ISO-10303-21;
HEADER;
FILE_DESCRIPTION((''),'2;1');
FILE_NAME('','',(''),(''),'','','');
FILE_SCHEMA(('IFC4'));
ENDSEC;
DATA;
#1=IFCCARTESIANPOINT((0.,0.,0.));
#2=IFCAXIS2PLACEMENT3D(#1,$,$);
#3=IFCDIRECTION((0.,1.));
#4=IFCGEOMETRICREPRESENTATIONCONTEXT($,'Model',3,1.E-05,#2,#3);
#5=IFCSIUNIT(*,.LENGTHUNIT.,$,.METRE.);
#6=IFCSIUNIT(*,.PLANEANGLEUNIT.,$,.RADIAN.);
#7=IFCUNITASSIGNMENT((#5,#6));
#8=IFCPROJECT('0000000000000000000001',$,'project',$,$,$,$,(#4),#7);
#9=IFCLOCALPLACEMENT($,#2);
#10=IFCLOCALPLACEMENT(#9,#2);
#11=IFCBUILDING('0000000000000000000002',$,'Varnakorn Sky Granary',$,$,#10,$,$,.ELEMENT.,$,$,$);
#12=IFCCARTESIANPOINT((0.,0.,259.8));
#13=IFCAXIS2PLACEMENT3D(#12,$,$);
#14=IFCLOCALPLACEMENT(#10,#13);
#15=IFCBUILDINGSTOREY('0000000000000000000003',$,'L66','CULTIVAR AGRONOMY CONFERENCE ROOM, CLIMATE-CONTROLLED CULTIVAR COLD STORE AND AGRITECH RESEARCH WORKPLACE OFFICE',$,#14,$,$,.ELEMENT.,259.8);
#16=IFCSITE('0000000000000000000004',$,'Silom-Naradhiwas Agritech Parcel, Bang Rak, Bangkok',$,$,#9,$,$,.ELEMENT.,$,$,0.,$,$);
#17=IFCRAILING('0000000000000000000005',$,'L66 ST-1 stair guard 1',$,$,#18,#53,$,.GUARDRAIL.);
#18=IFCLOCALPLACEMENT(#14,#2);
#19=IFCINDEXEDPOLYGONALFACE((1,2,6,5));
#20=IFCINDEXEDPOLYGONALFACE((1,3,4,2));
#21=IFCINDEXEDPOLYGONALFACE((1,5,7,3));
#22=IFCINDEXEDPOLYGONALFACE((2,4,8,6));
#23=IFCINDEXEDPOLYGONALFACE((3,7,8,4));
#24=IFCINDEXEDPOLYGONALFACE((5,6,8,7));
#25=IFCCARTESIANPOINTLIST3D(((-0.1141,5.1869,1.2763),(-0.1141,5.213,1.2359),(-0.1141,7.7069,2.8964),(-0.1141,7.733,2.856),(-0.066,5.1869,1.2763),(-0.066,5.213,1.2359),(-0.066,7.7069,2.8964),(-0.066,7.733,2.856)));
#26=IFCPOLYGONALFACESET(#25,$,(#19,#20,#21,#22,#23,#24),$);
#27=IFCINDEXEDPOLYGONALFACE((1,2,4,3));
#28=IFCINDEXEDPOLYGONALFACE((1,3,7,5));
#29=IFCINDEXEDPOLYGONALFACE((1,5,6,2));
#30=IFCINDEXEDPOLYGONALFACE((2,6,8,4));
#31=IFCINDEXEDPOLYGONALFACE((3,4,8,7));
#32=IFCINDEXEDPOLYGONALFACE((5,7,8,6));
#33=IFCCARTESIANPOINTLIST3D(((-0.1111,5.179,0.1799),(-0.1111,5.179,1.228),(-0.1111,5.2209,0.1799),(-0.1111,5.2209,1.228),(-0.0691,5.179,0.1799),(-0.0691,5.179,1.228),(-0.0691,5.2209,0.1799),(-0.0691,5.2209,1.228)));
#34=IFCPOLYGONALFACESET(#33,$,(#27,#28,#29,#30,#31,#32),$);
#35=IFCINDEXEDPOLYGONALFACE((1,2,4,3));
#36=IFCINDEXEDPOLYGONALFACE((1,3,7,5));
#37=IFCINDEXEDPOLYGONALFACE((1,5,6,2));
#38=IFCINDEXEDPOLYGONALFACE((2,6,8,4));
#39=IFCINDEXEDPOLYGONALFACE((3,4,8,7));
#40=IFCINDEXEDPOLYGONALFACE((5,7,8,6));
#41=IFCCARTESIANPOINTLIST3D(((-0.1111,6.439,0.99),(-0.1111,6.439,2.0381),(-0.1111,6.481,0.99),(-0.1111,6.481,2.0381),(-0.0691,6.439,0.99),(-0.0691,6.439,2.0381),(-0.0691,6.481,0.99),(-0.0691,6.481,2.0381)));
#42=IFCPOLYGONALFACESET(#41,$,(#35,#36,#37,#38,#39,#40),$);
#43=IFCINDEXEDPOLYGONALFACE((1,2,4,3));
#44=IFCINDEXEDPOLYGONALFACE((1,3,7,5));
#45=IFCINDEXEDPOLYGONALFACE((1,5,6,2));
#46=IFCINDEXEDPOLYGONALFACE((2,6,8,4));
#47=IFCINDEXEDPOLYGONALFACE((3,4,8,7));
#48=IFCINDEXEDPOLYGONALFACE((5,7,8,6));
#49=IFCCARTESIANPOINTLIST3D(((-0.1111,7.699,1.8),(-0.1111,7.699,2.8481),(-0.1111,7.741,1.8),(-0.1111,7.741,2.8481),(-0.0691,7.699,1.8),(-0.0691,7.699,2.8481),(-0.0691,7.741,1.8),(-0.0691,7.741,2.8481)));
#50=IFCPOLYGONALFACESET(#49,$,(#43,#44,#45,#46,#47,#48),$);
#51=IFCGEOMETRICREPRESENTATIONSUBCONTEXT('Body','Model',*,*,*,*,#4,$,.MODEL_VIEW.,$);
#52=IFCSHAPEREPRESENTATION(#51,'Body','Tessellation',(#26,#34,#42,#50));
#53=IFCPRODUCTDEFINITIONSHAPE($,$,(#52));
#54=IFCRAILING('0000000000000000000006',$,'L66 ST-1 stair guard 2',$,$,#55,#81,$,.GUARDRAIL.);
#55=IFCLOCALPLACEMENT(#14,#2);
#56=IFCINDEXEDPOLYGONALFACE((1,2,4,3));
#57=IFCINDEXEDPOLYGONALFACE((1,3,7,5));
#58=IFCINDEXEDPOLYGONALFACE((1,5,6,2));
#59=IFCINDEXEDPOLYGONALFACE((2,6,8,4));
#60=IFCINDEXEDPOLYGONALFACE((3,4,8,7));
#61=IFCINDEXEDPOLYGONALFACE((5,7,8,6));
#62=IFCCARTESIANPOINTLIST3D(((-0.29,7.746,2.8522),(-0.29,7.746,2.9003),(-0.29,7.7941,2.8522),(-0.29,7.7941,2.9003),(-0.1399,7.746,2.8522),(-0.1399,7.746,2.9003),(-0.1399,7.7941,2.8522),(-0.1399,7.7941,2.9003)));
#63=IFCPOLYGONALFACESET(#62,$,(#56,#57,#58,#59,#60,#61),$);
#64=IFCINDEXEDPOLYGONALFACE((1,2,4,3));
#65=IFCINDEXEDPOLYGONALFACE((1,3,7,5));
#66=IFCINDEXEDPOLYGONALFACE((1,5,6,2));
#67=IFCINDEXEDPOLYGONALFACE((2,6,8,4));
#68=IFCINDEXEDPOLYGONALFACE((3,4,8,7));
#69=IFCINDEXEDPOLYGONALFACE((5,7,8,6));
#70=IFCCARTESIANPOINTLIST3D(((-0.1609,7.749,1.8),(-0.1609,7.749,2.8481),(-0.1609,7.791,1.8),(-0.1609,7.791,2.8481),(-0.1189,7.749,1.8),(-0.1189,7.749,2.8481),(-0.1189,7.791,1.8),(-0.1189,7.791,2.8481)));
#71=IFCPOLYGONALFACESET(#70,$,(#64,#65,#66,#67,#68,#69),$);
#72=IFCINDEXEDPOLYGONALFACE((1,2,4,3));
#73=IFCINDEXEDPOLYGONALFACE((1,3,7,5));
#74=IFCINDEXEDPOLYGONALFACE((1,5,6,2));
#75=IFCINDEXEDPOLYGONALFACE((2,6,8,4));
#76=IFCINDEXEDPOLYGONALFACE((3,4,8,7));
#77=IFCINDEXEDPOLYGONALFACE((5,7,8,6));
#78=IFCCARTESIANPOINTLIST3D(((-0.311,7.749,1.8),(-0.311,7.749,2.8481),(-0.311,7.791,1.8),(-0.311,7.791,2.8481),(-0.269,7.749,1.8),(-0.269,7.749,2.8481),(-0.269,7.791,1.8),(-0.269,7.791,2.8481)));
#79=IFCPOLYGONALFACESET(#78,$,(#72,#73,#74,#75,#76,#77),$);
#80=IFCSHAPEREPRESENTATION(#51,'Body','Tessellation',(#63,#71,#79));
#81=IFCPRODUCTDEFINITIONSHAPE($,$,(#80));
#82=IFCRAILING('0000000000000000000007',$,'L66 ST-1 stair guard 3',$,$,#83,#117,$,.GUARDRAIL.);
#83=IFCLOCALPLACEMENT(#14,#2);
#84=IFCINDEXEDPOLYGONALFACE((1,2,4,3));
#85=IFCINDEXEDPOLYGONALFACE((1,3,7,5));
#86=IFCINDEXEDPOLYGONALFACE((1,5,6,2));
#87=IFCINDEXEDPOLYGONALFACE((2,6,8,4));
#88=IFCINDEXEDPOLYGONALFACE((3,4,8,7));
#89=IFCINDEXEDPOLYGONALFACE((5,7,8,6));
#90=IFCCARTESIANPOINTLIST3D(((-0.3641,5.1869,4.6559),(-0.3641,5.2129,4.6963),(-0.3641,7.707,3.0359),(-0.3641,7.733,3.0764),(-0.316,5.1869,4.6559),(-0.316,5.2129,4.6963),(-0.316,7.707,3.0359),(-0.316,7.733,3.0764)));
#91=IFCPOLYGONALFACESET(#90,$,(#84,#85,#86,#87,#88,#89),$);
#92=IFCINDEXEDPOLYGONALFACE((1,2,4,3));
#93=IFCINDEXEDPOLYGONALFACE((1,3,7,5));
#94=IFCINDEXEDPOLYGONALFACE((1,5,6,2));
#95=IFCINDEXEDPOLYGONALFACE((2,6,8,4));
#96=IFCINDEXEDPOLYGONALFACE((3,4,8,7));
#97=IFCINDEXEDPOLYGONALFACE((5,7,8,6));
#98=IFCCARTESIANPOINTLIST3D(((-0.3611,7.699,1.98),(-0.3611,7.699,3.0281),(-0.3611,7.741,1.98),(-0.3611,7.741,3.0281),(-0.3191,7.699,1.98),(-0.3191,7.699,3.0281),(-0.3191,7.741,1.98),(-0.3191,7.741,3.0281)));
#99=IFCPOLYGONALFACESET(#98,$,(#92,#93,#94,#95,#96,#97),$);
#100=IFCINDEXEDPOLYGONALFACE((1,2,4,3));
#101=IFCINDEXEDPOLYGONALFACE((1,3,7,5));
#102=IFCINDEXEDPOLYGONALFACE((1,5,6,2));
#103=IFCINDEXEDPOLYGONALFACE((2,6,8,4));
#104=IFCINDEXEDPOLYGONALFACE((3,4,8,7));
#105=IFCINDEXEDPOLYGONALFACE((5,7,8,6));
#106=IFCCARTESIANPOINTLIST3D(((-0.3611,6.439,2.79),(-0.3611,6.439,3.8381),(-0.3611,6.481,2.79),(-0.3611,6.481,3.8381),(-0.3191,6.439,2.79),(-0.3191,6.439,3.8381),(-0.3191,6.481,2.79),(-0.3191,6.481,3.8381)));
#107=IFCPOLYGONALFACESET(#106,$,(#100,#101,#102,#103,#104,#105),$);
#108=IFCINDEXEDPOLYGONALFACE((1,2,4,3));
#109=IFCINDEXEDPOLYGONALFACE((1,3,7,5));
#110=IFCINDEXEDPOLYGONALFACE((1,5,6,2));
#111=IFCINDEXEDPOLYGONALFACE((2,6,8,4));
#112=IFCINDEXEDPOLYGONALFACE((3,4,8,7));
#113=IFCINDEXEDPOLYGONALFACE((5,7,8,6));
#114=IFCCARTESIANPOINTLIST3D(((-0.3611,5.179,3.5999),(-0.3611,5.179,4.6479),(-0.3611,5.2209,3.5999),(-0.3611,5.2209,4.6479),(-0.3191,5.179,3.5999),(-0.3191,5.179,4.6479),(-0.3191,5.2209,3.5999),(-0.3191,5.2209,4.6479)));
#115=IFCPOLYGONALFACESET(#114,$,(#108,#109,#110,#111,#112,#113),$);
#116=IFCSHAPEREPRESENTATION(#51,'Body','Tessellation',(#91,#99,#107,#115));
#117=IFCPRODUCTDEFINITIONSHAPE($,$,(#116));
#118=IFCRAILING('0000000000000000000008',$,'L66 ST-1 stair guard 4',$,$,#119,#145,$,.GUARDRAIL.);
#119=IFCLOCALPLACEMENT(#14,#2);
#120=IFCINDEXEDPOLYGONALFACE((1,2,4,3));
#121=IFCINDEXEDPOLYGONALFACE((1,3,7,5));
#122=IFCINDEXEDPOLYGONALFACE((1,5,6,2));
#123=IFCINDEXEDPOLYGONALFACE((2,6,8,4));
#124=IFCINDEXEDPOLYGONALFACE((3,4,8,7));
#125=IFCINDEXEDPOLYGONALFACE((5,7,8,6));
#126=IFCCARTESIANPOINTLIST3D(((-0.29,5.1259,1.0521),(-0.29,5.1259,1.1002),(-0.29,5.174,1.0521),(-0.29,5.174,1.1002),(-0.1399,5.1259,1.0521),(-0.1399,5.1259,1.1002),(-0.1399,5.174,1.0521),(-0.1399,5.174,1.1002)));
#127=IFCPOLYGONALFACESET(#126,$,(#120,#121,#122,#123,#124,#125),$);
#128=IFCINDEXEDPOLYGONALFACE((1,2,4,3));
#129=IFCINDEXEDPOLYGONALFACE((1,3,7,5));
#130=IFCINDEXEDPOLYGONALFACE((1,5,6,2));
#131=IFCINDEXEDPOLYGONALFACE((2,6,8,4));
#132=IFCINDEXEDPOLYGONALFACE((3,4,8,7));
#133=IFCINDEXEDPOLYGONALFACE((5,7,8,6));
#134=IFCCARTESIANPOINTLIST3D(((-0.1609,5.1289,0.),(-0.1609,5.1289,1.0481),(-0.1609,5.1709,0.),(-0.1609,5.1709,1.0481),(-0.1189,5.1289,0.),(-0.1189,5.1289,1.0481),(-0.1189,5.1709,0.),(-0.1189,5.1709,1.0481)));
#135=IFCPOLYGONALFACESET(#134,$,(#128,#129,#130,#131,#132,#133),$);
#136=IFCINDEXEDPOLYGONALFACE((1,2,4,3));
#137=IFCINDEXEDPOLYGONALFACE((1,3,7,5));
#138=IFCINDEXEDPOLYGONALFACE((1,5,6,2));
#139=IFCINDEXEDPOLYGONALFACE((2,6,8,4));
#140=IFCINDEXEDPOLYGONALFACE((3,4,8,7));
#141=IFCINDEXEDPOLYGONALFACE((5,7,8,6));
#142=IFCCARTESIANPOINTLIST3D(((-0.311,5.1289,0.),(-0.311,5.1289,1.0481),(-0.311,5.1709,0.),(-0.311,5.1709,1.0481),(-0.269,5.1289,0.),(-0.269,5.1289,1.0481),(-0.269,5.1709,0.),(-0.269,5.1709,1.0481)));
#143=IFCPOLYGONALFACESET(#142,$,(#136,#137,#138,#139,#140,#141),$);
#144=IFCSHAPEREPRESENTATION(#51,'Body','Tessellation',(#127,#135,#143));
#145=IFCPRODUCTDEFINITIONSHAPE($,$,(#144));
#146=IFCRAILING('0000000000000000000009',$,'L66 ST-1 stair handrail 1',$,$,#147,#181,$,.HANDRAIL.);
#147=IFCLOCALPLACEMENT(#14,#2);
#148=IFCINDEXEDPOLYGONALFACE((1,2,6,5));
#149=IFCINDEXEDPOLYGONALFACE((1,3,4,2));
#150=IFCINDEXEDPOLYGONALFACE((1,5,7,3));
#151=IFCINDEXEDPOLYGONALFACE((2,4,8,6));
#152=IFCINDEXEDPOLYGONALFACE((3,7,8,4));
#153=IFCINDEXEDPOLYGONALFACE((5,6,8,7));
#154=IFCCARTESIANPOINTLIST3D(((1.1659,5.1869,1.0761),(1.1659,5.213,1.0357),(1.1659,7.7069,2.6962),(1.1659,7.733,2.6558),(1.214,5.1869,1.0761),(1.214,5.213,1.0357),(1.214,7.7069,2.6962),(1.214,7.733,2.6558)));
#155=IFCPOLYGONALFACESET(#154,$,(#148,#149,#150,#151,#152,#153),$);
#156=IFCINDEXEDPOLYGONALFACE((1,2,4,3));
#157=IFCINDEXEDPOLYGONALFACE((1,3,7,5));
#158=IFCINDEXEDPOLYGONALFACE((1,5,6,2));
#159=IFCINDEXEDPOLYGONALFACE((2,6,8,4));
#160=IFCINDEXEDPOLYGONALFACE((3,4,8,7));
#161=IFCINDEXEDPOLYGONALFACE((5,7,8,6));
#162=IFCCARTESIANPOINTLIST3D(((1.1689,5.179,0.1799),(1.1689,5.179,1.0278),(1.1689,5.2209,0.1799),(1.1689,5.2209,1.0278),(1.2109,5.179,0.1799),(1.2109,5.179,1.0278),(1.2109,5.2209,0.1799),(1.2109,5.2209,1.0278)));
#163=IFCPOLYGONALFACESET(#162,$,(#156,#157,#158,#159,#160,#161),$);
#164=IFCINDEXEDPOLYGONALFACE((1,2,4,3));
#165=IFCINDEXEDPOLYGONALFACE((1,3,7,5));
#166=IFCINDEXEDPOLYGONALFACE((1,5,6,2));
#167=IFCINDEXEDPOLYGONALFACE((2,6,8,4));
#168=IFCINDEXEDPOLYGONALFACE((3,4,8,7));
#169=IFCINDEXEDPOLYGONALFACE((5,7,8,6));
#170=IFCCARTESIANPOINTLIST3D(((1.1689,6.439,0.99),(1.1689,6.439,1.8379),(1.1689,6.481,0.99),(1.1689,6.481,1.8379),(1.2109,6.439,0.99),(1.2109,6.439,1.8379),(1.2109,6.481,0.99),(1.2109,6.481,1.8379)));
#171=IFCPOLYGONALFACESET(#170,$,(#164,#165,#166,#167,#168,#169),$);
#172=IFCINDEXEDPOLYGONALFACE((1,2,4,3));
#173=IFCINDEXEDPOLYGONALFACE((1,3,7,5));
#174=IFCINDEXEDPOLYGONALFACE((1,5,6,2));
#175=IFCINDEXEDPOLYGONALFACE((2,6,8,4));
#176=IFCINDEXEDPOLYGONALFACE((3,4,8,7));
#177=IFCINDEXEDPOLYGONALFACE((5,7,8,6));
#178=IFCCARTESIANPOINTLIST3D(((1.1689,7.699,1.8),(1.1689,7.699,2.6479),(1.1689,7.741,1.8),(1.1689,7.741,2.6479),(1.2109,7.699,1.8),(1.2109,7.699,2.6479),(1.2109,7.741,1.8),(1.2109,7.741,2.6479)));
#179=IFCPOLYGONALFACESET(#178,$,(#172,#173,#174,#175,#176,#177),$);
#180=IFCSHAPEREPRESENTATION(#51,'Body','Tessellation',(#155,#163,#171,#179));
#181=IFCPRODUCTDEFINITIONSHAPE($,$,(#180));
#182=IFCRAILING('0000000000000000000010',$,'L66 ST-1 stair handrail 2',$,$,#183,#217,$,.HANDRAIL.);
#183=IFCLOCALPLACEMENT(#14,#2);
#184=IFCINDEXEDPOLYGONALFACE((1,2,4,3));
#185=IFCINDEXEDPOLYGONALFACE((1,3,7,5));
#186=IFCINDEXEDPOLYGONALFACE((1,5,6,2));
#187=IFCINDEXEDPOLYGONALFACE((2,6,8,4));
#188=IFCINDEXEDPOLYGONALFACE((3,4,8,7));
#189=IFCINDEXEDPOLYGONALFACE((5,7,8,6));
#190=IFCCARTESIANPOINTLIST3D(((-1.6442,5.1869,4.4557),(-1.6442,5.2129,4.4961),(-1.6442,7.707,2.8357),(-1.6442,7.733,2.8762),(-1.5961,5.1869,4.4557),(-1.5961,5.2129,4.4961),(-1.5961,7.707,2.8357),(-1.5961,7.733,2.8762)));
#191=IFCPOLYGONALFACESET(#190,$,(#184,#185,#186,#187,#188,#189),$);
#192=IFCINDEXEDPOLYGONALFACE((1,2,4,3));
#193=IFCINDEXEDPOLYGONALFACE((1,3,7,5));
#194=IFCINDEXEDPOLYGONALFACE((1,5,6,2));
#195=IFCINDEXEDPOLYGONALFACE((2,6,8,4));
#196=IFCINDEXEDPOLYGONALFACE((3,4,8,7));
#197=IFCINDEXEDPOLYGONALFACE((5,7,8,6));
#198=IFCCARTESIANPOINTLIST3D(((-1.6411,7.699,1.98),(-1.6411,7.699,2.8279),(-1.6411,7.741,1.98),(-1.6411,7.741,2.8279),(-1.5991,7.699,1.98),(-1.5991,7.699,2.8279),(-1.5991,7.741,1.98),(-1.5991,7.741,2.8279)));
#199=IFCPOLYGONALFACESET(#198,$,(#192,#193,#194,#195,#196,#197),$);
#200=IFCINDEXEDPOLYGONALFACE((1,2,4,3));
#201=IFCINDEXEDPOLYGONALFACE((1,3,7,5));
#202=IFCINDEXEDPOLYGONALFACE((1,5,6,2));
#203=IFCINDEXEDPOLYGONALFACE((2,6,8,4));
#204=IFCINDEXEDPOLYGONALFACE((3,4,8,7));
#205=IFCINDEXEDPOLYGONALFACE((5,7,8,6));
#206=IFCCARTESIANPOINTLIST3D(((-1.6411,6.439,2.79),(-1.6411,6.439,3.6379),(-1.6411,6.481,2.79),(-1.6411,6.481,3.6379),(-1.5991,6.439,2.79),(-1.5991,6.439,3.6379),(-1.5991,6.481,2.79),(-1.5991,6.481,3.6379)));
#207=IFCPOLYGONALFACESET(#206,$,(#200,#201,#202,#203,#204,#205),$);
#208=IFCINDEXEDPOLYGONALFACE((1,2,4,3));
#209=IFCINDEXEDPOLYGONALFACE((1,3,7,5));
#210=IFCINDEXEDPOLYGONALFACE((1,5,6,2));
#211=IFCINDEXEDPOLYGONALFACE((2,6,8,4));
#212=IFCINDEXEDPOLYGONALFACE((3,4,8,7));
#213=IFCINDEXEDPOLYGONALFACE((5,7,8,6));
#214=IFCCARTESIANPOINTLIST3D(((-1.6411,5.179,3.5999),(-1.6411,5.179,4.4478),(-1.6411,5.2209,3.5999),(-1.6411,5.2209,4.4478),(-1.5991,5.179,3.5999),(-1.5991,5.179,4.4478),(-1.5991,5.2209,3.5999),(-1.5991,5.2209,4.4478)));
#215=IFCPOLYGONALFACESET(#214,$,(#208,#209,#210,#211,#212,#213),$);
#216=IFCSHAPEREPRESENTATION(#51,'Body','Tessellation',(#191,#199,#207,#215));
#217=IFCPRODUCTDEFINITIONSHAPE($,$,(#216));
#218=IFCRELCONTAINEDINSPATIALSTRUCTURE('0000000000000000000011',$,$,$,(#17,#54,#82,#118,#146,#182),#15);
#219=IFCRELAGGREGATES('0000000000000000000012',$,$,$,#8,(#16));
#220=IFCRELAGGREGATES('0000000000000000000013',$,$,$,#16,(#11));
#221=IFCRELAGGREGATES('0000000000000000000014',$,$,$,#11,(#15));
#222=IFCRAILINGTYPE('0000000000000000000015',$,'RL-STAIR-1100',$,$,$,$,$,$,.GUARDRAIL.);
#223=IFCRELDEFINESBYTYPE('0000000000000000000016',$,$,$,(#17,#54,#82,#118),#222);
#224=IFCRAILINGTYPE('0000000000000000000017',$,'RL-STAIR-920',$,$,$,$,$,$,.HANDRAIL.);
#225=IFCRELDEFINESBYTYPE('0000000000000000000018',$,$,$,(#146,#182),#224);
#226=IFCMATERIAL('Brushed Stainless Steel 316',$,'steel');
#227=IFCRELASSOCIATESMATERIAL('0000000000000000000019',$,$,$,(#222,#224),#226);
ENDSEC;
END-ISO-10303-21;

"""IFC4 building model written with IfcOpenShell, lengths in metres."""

from ifc_helpers import new_model, si_unit, direction, frame, origin, origin_2d, place, context, subcontext, project, spatial, rectangle, extrude, material, type_object, element, save


model = new_model("IFC4")

# Units and contexts
model_context = context("Model", 3, precision=1e-05, world=origin(), true_north=direction((0.0, 1.0)))
body_context = subcontext(model_context, "Body", "Model", "MODEL_VIEW")
ifc_project = project(units=[si_unit("LENGTHUNIT", "METRE"), si_unit("PLANEANGLEUNIT", "RADIAN")], contexts=[model_context])

# Site, building, storey
site_placement = place(None, origin())
site = spatial("IfcSite", under=ifc_project, at=site_placement, Name="Silom-Naradhiwas Agritech Parcel, Bang Rak, Bangkok", CompositionType="ELEMENT", RefElevation=0.0)
building_placement = place(site_placement, origin())
building = spatial("IfcBuilding", under=site, at=building_placement, Name="Varnakorn Sky Granary", CompositionType="ELEMENT")
storey_placement = place(building_placement, frame((0.0, 0.0, 259.8)))
storey = spatial("IfcBuildingStorey", under=building, at=storey_placement, Name="L66", Description="CULTIVAR AGRONOMY CONFERENCE ROOM, CLIMATE-CONTROLLED CULTIVAR COLD STORE AND AGRITECH RESEARCH WORKPLACE OFFICE", CompositionType="ELEMENT", Elevation=259.8)

# Railings
ifc_material_1 = material(Name="Brushed Stainless Steel 316", Category="steel")
railing_type_1 = type_object("IfcRailingType", Name="RL-STAIR-1100", PredefinedType="GUARDRAIL", material=ifc_material_1)
railing_1_placement = place(storey_placement, frame((-0.0901, 5.2, 0.1799)))
element("IfcRailing", 1, at=railing_1_placement, inside=storey, type_object=railing_type_1, Name="L66 ST-1 stair guard 1", PredefinedType="GUARDRAIL", context=body_context, shape_type="SweptSolid", body=[
    extrude(rectangle(XDim=0.0481, YDim=0.0481, at=origin_2d()), frame((0.0, 0.0, 1.0762), z_axis=(0.0, 0.841163, 0.540782), x_axis=(-1.0, 0.0, 0.0)), (0.0, 0.0, 1.0), 2.9958),
    extrude(rectangle(XDim=0.042, YDim=0.042, at=origin_2d()), origin(), (0.0, 0.0, 1.0), 1.0481),
    extrude(rectangle(XDim=0.042, YDim=0.042, at=origin_2d()), frame((0.0, 1.26, 0.8101)), (0.0, 0.0, 1.0), 1.0481),
    extrude(rectangle(XDim=0.042, YDim=0.042, at=origin_2d()), frame((0.0, 2.52, 1.6201)), (0.0, 0.0, 1.0), 1.0481),
])
railing_2_placement = place(storey_placement, frame((-0.1399, 7.77, 1.8)))
element("IfcRailing", 2, at=railing_2_placement, inside=storey, type_object=railing_type_1, Name="L66 ST-1 stair guard 2", PredefinedType="GUARDRAIL", context=body_context, shape_type="SweptSolid", body=[
    extrude(rectangle(XDim=0.0481, YDim=0.0481, at=origin_2d()), frame((0.0, 0.0, 1.0762), z_axis=(-1.0, 0.0, 0.0), x_axis=(0.0, -1.0, 0.0)), (0.0, 0.0, 1.0), 0.1501),
    extrude(rectangle(XDim=0.042, YDim=0.042, at=origin_2d()), origin(), (0.0, 0.0, 1.0), 1.0481),
    extrude(rectangle(XDim=0.042, YDim=0.042, at=origin_2d()), frame((-0.1501, 0.0, 0.0)), (0.0, 0.0, 1.0), 1.0481),
])
railing_3_placement = place(storey_placement, frame((-0.3401, 7.72, 1.98)))
element("IfcRailing", 3, at=railing_3_placement, inside=storey, type_object=railing_type_1, Name="L66 ST-1 stair guard 3", PredefinedType="GUARDRAIL", context=body_context, shape_type="SweptSolid", body=[
    extrude(rectangle(XDim=0.0481, YDim=0.0481, at=origin_2d()), frame((0.0, 0.0, 1.0762), z_axis=(0.0, -0.8412, 0.540725), x_axis=(1.0, 0.0, 0.0)), (0.0, 0.0, 1.0), 2.9958),
    extrude(rectangle(XDim=0.042, YDim=0.042, at=origin_2d()), origin(), (0.0, 0.0, 1.0), 1.0481),
    extrude(rectangle(XDim=0.042, YDim=0.042, at=origin_2d()), frame((0.0, -1.26, 0.8101)), (0.0, 0.0, 1.0), 1.0481),
    extrude(rectangle(XDim=0.042, YDim=0.042, at=origin_2d()), frame((0.0, -2.52, 1.6199)), (0.0, 0.0, 1.0), 1.0481),
])
railing_4_placement = place(storey_placement, frame((-0.1399, 5.1499, 0.0)))
element("IfcRailing", 4, at=railing_4_placement, inside=storey, type_object=railing_type_1, Name="L66 ST-1 stair guard 4", PredefinedType="GUARDRAIL", context=body_context, shape_type="SweptSolid", body=[
    extrude(rectangle(XDim=0.0481, YDim=0.0481, at=origin_2d()), frame((0.0, 0.0, 1.0762), z_axis=(-1.0, 0.0, 0.0), x_axis=(0.0, -1.0, 0.0)), (0.0, 0.0, 1.0), 0.1501),
    extrude(rectangle(XDim=0.042, YDim=0.042, at=origin_2d()), origin(), (0.0, 0.0, 1.0), 1.0481),
    extrude(rectangle(XDim=0.042, YDim=0.042, at=origin_2d()), frame((-0.1501, 0.0, 0.0)), (0.0, 0.0, 1.0), 1.0481),
])
railing_type_2 = type_object("IfcRailingType", Name="RL-STAIR-920", PredefinedType="HANDRAIL", material=ifc_material_1)
railing_5_placement = place(storey_placement, frame((1.1899, 5.2, 0.1799)))
element("IfcRailing", 5, at=railing_5_placement, inside=storey, type_object=railing_type_2, Name="L66 ST-1 stair handrail 1", PredefinedType="HANDRAIL", context=body_context, shape_type="SweptSolid", body=[
    extrude(rectangle(XDim=0.0481, YDim=0.0481, at=origin_2d()), frame((0.0, 0.0, 0.876), z_axis=(0.0, 0.841163, 0.540782), x_axis=(-1.0, 0.0, 0.0)), (0.0, 0.0, 1.0), 2.9958),
    extrude(rectangle(XDim=0.042, YDim=0.042, at=origin_2d()), origin(), (0.0, 0.0, 1.0), 0.8479),
    extrude(rectangle(XDim=0.042, YDim=0.042, at=origin_2d()), frame((0.0, 1.26, 0.8101)), (0.0, 0.0, 1.0), 0.8479),
    extrude(rectangle(XDim=0.042, YDim=0.042, at=origin_2d()), frame((0.0, 2.52, 1.6201)), (0.0, 0.0, 1.0), 0.8479),
])
railing_6_placement = place(storey_placement, frame((-1.6201, 7.72, 1.98)))
element("IfcRailing", 6, at=railing_6_placement, inside=storey, type_object=railing_type_2, Name="L66 ST-1 stair handrail 2", PredefinedType="HANDRAIL", context=body_context, shape_type="SweptSolid", body=[
    extrude(rectangle(XDim=0.0481, YDim=0.0481, at=origin_2d()), frame((0.0, 0.0, 0.876), z_axis=(0.0, -0.8412, 0.540725), x_axis=(1.0, 0.0, 0.0)), (0.0, 0.0, 1.0), 2.9958),
    extrude(rectangle(XDim=0.042, YDim=0.042, at=origin_2d()), origin(), (0.0, 0.0, 1.0), 0.8479),
    extrude(rectangle(XDim=0.042, YDim=0.042, at=origin_2d()), frame((0.0, -1.26, 0.8101)), (0.0, 0.0, 1.0), 0.8479),
    extrude(rectangle(XDim=0.042, YDim=0.042, at=origin_2d()), frame((0.0, -2.52, 1.6199)), (0.0, 0.0, 1.0), 0.8479),
])

save(model, "model.ifc")
